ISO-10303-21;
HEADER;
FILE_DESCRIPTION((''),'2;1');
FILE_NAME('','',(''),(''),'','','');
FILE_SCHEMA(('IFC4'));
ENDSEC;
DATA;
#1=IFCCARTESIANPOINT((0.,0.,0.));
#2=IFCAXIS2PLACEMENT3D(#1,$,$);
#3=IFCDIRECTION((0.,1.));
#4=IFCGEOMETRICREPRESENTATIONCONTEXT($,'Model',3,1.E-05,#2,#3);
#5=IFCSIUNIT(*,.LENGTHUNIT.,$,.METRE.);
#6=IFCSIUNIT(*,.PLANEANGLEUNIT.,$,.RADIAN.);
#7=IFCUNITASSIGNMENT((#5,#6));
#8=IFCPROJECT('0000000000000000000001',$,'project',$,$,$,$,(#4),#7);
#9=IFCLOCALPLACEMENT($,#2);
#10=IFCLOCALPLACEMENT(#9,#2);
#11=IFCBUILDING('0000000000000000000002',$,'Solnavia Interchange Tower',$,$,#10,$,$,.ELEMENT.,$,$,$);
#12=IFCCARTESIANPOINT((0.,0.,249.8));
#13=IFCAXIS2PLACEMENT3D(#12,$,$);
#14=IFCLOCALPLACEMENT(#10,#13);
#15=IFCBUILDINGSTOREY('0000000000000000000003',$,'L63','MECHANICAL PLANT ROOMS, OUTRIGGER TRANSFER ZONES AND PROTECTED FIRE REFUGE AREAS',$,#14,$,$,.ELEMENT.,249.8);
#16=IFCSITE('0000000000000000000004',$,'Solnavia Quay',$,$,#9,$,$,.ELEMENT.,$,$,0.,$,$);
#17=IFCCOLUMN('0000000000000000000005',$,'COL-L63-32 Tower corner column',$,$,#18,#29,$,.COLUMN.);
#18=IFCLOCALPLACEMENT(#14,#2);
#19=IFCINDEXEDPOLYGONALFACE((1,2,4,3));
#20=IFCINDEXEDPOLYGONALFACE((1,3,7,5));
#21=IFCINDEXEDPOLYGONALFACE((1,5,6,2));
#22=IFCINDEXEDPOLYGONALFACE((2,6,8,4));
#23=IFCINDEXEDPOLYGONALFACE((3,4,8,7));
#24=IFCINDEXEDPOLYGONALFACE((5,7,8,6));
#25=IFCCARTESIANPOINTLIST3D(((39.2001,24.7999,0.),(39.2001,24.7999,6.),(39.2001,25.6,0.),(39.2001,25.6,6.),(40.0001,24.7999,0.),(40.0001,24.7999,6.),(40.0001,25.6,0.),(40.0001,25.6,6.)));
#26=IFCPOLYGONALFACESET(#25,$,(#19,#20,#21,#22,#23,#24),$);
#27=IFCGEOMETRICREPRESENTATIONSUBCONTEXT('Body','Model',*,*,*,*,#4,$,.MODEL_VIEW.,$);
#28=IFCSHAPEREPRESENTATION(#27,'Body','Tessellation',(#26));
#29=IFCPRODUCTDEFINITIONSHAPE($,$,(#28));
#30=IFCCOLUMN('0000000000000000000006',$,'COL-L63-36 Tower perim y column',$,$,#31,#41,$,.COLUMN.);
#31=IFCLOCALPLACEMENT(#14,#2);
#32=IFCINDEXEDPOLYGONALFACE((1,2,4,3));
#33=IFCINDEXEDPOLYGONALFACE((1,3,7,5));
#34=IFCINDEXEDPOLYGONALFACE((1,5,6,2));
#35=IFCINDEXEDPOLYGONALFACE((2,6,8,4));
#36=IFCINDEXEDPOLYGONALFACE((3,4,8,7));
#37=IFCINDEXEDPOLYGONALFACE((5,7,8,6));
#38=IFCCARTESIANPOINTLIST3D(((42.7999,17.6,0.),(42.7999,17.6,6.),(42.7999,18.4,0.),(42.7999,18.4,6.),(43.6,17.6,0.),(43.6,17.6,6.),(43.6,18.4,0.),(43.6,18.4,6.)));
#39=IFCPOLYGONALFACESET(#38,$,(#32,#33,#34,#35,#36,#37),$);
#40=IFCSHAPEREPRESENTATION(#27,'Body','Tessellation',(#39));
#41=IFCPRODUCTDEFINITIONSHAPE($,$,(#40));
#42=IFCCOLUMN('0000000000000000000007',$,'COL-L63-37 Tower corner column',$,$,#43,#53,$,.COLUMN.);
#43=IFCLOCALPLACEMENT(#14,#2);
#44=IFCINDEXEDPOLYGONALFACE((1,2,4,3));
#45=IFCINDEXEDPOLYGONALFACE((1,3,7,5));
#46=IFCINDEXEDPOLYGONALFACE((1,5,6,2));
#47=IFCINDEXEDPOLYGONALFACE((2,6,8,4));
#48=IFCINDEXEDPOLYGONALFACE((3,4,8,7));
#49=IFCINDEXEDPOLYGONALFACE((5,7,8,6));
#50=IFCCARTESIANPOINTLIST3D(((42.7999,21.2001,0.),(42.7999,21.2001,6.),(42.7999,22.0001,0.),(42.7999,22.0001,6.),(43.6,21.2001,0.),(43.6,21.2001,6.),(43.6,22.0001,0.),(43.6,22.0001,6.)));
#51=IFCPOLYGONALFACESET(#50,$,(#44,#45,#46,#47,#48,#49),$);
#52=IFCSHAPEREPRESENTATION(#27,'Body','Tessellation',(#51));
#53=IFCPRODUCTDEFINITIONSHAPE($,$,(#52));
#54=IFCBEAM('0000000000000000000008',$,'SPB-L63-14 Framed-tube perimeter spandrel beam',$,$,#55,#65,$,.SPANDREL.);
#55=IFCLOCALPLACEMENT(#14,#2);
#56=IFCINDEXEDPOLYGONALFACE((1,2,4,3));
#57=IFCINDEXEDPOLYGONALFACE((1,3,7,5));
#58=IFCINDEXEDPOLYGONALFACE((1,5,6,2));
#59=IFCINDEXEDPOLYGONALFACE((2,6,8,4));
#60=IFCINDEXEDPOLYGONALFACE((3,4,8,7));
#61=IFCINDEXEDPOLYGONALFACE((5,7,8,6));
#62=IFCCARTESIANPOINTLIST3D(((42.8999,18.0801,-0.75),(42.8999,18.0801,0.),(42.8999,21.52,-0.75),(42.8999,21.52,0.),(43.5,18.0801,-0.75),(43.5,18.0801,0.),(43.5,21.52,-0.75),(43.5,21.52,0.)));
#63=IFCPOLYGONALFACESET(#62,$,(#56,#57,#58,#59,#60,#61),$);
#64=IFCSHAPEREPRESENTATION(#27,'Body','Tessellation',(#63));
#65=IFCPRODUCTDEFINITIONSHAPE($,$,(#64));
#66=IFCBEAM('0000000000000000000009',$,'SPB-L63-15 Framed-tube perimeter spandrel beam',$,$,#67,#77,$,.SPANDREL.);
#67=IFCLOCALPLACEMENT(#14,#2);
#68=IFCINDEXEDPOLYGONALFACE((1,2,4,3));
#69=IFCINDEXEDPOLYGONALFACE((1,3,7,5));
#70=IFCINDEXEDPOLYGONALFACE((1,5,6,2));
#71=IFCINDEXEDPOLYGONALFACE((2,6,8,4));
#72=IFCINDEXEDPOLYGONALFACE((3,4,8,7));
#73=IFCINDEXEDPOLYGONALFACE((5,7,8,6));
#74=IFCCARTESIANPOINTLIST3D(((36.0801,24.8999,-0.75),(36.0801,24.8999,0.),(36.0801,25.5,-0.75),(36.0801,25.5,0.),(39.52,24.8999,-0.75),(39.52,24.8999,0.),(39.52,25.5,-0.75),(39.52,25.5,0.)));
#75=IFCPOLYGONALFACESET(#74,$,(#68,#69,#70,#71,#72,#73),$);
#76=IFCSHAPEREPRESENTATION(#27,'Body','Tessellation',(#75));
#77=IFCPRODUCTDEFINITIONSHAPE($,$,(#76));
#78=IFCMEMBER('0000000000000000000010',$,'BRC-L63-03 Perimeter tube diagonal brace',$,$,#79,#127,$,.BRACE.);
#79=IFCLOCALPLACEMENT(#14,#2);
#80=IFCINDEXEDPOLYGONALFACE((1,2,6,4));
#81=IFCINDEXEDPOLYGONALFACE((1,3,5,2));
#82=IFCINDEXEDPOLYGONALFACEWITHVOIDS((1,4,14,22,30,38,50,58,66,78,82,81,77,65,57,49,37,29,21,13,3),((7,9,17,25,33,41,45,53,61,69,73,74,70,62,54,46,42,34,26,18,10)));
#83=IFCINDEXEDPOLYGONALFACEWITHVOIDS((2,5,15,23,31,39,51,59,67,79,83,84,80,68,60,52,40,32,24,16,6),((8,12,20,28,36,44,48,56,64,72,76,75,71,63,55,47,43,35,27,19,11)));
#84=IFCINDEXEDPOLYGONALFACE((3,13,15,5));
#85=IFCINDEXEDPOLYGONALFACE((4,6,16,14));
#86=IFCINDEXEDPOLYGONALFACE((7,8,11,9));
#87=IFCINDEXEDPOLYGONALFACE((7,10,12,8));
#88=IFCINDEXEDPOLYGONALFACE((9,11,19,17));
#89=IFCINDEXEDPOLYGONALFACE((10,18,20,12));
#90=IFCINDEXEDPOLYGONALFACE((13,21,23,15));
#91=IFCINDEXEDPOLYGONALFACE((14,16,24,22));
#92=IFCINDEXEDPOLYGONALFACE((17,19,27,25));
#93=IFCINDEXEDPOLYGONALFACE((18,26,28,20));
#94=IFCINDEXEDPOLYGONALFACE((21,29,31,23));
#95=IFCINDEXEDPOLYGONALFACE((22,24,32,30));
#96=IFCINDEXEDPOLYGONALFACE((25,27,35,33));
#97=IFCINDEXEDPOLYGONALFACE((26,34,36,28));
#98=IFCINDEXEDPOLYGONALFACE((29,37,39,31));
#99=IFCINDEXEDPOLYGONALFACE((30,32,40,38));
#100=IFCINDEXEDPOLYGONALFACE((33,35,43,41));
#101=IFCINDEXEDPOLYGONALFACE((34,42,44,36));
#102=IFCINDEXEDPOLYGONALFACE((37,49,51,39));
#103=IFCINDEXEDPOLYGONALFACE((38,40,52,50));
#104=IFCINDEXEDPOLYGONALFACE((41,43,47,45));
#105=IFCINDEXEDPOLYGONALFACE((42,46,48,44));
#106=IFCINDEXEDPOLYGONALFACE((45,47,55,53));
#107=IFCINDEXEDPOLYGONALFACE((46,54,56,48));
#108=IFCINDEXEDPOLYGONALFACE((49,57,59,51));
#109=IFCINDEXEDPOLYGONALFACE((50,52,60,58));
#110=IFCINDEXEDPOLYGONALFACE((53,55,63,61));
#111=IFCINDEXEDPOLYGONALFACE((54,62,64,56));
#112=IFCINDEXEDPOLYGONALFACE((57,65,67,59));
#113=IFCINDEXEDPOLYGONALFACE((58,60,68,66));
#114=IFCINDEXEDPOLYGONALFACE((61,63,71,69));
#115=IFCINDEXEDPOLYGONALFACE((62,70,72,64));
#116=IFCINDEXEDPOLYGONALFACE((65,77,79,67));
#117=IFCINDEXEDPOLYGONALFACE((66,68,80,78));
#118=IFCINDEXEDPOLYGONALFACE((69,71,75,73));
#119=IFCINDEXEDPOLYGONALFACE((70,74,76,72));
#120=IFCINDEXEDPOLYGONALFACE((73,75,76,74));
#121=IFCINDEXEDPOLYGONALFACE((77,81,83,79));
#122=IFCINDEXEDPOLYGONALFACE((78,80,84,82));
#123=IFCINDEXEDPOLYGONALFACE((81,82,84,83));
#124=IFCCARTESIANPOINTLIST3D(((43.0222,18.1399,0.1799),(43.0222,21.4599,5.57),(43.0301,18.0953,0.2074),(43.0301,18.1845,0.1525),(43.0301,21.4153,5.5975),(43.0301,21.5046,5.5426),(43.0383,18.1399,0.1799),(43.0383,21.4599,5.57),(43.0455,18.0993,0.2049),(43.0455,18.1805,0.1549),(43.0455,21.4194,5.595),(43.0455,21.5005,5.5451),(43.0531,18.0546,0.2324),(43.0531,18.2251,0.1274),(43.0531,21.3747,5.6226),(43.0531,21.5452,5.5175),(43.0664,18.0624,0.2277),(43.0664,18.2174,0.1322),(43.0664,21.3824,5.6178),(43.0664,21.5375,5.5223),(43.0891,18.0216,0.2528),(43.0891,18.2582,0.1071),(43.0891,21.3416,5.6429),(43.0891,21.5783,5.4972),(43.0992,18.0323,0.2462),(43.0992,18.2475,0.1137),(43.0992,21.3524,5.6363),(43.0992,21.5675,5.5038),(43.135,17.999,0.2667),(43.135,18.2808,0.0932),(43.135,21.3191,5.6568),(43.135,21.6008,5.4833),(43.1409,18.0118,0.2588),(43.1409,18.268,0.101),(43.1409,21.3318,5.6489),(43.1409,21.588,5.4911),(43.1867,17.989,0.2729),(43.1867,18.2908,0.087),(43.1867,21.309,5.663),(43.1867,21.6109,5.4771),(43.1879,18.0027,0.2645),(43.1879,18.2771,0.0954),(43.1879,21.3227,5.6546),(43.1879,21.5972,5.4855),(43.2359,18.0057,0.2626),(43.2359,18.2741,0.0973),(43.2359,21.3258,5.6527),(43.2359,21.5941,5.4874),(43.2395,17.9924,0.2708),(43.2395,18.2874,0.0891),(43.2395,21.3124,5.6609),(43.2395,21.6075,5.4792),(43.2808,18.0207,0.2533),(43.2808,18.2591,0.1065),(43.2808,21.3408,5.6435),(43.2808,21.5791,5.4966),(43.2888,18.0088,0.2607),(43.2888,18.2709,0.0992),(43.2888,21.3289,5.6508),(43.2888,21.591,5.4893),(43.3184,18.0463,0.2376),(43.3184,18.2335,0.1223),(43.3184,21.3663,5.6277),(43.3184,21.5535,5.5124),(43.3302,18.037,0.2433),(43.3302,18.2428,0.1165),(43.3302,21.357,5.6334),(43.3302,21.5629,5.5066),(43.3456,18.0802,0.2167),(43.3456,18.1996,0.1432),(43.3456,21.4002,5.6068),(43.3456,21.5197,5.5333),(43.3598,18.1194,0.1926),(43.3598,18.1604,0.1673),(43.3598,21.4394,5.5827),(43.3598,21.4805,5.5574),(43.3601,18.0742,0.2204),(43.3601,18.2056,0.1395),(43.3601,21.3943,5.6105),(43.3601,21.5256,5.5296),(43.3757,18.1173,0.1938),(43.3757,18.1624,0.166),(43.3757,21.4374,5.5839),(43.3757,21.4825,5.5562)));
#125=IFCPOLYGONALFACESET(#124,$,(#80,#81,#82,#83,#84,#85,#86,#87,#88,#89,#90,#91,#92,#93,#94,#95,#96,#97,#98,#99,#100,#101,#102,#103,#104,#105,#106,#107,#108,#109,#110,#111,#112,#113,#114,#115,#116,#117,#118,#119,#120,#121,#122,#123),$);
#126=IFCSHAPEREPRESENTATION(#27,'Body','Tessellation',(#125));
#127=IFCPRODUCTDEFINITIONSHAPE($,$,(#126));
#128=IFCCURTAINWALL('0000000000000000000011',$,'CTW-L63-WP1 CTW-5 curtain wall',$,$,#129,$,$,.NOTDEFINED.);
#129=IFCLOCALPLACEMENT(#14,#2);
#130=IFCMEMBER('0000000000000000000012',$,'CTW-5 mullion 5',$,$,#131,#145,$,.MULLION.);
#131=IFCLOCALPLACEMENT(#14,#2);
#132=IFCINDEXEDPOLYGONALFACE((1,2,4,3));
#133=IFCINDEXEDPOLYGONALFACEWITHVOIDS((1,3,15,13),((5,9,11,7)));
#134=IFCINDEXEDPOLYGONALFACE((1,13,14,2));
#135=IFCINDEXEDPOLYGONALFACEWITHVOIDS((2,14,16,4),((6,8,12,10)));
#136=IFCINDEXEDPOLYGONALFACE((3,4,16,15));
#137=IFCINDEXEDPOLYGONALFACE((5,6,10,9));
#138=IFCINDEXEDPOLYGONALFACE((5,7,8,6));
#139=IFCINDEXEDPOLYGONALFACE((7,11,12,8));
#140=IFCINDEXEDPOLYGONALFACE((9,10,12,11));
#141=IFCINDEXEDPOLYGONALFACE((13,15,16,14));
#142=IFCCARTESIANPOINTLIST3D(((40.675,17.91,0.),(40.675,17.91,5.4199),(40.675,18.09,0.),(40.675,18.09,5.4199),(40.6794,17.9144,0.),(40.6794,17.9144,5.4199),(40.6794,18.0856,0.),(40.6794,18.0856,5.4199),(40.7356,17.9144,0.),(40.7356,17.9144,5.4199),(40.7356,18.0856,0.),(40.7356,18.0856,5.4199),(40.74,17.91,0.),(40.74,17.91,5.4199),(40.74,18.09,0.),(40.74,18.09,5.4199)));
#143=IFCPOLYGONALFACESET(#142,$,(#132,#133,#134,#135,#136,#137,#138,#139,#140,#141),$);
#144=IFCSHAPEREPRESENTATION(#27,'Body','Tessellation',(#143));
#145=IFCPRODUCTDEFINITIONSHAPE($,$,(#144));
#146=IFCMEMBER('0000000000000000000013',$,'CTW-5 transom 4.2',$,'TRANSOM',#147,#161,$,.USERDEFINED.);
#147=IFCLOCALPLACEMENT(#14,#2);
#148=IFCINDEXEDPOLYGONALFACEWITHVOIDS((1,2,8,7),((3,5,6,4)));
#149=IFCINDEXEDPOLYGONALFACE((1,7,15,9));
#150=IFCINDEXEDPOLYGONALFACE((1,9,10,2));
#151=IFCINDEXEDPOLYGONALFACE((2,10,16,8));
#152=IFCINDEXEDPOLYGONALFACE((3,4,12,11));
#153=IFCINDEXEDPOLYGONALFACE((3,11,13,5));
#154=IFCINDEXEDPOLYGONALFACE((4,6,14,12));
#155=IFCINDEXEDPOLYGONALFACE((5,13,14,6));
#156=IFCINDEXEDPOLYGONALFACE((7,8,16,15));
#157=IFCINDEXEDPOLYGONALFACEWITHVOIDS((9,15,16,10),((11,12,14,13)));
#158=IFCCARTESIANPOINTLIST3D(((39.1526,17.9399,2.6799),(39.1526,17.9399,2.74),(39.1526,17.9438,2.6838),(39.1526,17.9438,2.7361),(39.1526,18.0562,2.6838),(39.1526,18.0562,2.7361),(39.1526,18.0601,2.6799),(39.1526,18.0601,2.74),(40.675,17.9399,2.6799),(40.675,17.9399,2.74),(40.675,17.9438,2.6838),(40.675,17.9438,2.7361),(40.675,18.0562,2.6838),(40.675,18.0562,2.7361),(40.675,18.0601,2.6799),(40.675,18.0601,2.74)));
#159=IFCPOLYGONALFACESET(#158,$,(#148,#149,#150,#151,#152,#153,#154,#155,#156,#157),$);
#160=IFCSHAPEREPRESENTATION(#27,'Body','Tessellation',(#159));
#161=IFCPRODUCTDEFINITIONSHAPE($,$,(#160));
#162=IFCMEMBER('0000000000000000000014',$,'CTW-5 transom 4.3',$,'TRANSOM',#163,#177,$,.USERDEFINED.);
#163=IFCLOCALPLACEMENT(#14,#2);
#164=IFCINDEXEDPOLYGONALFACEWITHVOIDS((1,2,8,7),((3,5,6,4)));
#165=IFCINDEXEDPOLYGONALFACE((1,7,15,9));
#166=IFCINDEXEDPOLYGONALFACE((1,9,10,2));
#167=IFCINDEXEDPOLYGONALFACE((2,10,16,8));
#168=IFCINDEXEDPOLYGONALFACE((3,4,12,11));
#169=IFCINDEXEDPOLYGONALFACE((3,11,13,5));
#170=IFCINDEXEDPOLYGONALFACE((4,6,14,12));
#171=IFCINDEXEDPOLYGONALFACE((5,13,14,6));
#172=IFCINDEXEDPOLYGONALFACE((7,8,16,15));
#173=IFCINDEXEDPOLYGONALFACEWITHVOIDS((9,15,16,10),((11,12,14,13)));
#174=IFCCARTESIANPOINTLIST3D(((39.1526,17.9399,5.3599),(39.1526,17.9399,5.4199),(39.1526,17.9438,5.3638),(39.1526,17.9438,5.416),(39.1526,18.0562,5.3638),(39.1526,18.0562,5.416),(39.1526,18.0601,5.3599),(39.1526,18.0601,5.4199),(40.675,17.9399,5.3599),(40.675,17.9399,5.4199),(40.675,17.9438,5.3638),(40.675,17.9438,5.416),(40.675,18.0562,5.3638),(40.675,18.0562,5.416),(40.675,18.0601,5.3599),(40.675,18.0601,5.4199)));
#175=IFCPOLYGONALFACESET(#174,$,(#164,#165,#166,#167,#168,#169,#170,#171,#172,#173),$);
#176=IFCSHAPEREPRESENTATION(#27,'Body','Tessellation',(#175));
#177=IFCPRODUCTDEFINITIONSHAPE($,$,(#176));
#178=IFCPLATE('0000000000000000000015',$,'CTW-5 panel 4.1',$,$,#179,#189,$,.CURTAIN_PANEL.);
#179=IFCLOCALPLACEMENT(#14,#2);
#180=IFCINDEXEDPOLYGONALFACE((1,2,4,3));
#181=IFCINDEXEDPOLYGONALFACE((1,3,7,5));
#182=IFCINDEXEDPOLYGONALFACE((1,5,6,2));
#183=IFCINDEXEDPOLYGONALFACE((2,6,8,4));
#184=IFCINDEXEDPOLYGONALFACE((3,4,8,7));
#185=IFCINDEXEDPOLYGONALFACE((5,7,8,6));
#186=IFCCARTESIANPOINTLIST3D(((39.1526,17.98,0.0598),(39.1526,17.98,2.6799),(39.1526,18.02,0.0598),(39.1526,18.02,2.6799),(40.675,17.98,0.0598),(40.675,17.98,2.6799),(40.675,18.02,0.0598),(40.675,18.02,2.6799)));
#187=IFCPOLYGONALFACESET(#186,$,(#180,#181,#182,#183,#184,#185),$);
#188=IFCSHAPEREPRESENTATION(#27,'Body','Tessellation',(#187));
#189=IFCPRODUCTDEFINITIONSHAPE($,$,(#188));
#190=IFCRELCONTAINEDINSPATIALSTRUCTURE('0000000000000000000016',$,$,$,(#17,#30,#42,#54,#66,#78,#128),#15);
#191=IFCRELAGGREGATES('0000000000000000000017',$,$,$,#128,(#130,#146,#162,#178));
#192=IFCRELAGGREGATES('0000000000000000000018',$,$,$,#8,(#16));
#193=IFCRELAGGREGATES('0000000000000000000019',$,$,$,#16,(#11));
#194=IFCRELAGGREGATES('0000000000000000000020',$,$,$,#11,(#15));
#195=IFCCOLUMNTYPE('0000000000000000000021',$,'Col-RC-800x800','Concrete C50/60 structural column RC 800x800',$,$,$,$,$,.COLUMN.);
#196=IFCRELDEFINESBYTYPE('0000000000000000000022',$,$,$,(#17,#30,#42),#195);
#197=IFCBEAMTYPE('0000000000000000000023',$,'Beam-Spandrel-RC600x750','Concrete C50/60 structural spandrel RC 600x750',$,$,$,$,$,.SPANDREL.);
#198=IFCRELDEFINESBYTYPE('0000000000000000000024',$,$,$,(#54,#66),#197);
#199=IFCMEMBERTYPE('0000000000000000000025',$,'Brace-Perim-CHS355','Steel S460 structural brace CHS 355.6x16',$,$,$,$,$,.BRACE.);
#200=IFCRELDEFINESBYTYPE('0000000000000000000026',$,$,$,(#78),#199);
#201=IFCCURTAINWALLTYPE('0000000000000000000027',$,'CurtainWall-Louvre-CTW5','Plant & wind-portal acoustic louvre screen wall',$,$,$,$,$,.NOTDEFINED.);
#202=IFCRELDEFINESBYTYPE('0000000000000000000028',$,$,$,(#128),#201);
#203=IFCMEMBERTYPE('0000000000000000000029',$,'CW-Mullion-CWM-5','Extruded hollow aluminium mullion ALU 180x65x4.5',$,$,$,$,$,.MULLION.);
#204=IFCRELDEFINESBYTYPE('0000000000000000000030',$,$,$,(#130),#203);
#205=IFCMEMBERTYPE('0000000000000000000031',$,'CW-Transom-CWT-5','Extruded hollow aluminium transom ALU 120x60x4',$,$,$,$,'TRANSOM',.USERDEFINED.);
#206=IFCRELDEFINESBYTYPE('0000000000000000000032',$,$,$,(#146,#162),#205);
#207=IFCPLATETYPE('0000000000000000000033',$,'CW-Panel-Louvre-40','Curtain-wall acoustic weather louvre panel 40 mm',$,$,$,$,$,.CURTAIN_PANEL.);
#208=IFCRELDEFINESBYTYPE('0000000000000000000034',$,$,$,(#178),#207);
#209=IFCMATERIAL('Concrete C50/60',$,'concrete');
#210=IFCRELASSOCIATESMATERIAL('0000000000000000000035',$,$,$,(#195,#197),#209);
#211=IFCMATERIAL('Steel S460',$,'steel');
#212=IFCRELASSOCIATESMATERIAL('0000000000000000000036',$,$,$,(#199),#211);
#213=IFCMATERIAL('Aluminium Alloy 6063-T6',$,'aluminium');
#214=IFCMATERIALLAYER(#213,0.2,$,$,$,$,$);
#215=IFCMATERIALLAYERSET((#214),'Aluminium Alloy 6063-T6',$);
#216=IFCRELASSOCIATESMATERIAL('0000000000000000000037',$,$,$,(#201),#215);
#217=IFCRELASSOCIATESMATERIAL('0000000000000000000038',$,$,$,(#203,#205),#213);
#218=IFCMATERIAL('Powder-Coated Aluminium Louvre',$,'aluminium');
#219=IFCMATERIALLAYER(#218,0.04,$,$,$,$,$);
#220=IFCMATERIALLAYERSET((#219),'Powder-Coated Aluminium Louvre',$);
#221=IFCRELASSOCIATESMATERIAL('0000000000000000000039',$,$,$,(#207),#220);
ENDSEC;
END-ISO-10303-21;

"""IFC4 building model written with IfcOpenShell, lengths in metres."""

from ifc_helpers import new_model, si_unit, direction, frame, origin, origin_2d, place, context, subcontext, project, spatial, rectangle, hollow_rectangle, hollow_circle, extrude, material, layer, layer_set, material_profile, profile_set, type_object, element, aggregate, save


model = new_model("IFC4")

# Units and contexts
model_context = context("Model", 3, precision=1e-05, world=origin(), true_north=direction((0.0, 1.0)))
body_context = subcontext(model_context, "Body", "Model", "MODEL_VIEW")
ifc_project = project(units=[si_unit("LENGTHUNIT", "METRE"), si_unit("PLANEANGLEUNIT", "RADIAN")], contexts=[model_context])

# Site, building, storey
site_placement = place(None, origin())
site = spatial("IfcSite", under=ifc_project, at=site_placement, Name="Solnavia Quay", CompositionType="ELEMENT", RefElevation=0.0)
building_placement = place(site_placement, origin())
building = spatial("IfcBuilding", under=site, at=building_placement, Name="Solnavia Interchange Tower", CompositionType="ELEMENT")
storey_placement = place(building_placement, frame((0.0, 0.0, 249.8)))
storey = spatial("IfcBuildingStorey", under=building, at=storey_placement, Name="L63", Description="MECHANICAL PLANT ROOMS, OUTRIGGER TRANSFER ZONES AND PROTECTED FIRE REFUGE AREAS", CompositionType="ELEMENT", Elevation=249.8)

# Columns
ifc_material_1 = material(Name="Concrete C50/60", Category="concrete")
ifc_material_profile_1 = material_profile(ifc_material_1, rectangle(XDim=0.8, YDim=0.8, at=origin_2d()), Name="RC 800x800")
ifc_profile_set_1 = profile_set([ifc_material_profile_1], Name="Concrete C50/60")
column_type = type_object("IfcColumnType", Name="Col-RC-800x800", Description="Concrete C50/60 structural column RC 800x800", PredefinedType="COLUMN", material=ifc_profile_set_1)
for number, where, z_axis, x_axis, name in (
    (1, (39.6001, 25.2, 0.0), (0.0, 0.0, 1.0), (1.0, 0.0, 0.0), "COL-L63-32 Tower corner column"),
    (2, (43.2, 18.0, 0.0), (0.0, 0.0, 1.0), (0.0, 1.0, 0.0), "COL-L63-36 Tower perim y column"),
    (3, (43.2, 21.6001, 0.0), (0.0, 0.0, 1.0), (0.0, 1.0, 0.0), "COL-L63-37 Tower corner column"),
):
    element("IfcColumn", number, at=place(storey_placement, frame(where, z_axis=z_axis, x_axis=x_axis)), inside=storey, type_object=column_type, Name=name, PredefinedType="COLUMN", context=body_context, shape_type="SweptSolid", body=[
        extrude(rectangle(XDim=0.8, YDim=0.8, at=origin_2d()), origin(), (0.0, 0.0, 1.0), 6.0),
    ])

# Beams
ifc_material_profile_2 = material_profile(ifc_material_1, rectangle(XDim=0.6001, YDim=0.75, at=origin_2d()), Name="RC 600x750")
ifc_profile_set_2 = profile_set([ifc_material_profile_2], Name="Concrete C50/60")
beam_type = type_object("IfcBeamType", Name="Beam-Spandrel-RC600x750", Description="Concrete C50/60 structural spandrel RC 600x750", PredefinedType="SPANDREL", material=ifc_profile_set_2)
for number, where, z_axis, x_axis, name in (
    (4, (43.2, 18.0801, -0.375), (0.0, 1.0, 0.0), (-1.0, 0.0, 0.0), "SPB-L63-14 Framed-tube perimeter spandrel beam"),
    (5, (39.52, 25.2, -0.375), (-1.0, 0.0, 0.0), (0.0, -1.0, 0.0), "SPB-L63-15 Framed-tube perimeter spandrel beam"),
):
    element("IfcBeam", number, at=place(storey_placement, frame(where, z_axis=z_axis, x_axis=x_axis)), inside=storey, type_object=beam_type, Name=name, PredefinedType="SPANDREL", context=body_context, shape_type="SweptSolid", body=[
        extrude(rectangle(XDim=0.6001, YDim=0.75, at=origin_2d()), origin(), (0.0, 0.0, 1.0), 3.4399),
    ])

# Member
ifc_material_2 = material(Name="Steel S460", Category="steel")
ifc_material_profile_3 = material_profile(ifc_material_2, hollow_circle(Radius=0.1777, WallThickness=0.0161, at=origin_2d()), Name="CHS 355.6x16")
ifc_profile_set_3 = profile_set([ifc_material_profile_3], Name="Steel S460")
member_type_1 = type_object("IfcMemberType", Name="Brace-Perim-CHS355", Description="Steel S460 structural brace CHS 355.6x16", PredefinedType="BRACE", material=ifc_profile_set_3)
member_1_placement = place(storey_placement, frame((43.2, 18.1399, 0.1799), z_axis=(0.0, 0.524448, 0.851442), x_axis=(-1.0, 0.0, 0.0)))
element("IfcMember", 6, at=member_1_placement, inside=storey, type_object=member_type_1, Name="BRC-L63-03 Perimeter tube diagonal brace", PredefinedType="BRACE", context=body_context, shape_type="SweptSolid", body=[
    extrude(hollow_circle(Radius=0.1777, WallThickness=0.0161, at=origin_2d()), origin(), (0.0, 0.0, 1.0), 6.3306),
])

# Curtain wall, members, plate
ifc_material_3 = material(Name="Aluminium Alloy 6063-T6", Category="aluminium")
ifc_layer_1 = layer(ifc_material_3, 0.2)
ifc_layer_set_1 = layer_set([ifc_layer_1], Name="Aluminium Alloy 6063-T6")
curtain_wall_type = type_object("IfcCurtainWallType", Name="CurtainWall-Louvre-CTW5", Description="Plant & wind-portal acoustic louvre screen wall", PredefinedType="NOTDEFINED", material=ifc_layer_set_1)
curtain_wall_placement = place(storey_placement, origin())
curtain_wall = element("IfcCurtainWall", 7, at=curtain_wall_placement, inside=storey, type_object=curtain_wall_type, Name="CTW-L63-WP1 CTW-5 curtain wall", PredefinedType="NOTDEFINED")
ifc_material_profile_4 = material_profile(ifc_material_3, hollow_rectangle(XDim=0.0649, YDim=0.1799, WallThickness=0.0044, at=origin_2d()), Name="ALU 180x65x4.5")
ifc_profile_set_4 = profile_set([ifc_material_profile_4], Name="Aluminium Alloy 6063-T6")
member_type_2 = type_object("IfcMemberType", Name="CW-Mullion-CWM-5", Description="Extruded hollow aluminium mullion ALU 180x65x4.5", PredefinedType="MULLION", material=ifc_profile_set_4)
member_2_placement = place(storey_placement, frame((40.7075, 18.0, 0.0), z_axis=(0.0, 0.0, 1.0), x_axis=(1.0, 0.0, 0.0)))
member_2 = element("IfcMember", 8, at=member_2_placement, type_object=member_type_2, Name="CTW-5 mullion 5", PredefinedType="MULLION", context=body_context, shape_type="SweptSolid", body=[
    extrude(hollow_rectangle(XDim=0.0649, YDim=0.1799, WallThickness=0.0044, at=origin_2d()), origin(), (0.0, 0.0, 1.0), 5.4199),
])
ifc_material_profile_5 = material_profile(ifc_material_3, hollow_rectangle(XDim=0.0601, YDim=0.1201, WallThickness=0.0039, at=origin_2d()), Name="ALU 120x60x4")
ifc_profile_set_5 = profile_set([ifc_material_profile_5], Name="Aluminium Alloy 6063-T6")
member_type_3 = type_object("IfcMemberType", Name="CW-Transom-CWT-5", Description="Extruded hollow aluminium transom ALU 120x60x4", ElementType="TRANSOM", PredefinedType="USERDEFINED", material=ifc_profile_set_5)
member_3_placement = place(storey_placement, frame((39.1526, 18.0, 2.71), z_axis=(1.0, 0.0, 0.0), x_axis=(0.0, 0.0, 1.0)))
member_3 = element("IfcMember", 9, at=member_3_placement, type_object=member_type_3, Name="CTW-5 transom 4.2", ObjectType="TRANSOM", PredefinedType="USERDEFINED", context=body_context, shape_type="SweptSolid", body=[
    extrude(hollow_rectangle(XDim=0.0601, YDim=0.1201, WallThickness=0.0039, at=origin_2d()), origin(), (0.0, 0.0, 1.0), 1.5225),
])
member_4_placement = place(storey_placement, frame((39.1526, 18.0, 5.3899), z_axis=(1.0, 0.0, 0.0), x_axis=(0.0, 0.0, 1.0)))
member_4 = element("IfcMember", 10, at=member_4_placement, type_object=member_type_3, Name="CTW-5 transom 4.3", ObjectType="TRANSOM", PredefinedType="USERDEFINED", context=body_context, shape_type="SweptSolid", body=[
    extrude(hollow_rectangle(XDim=0.0601, YDim=0.1201, WallThickness=0.0039, at=origin_2d()), origin(), (0.0, 0.0, 1.0), 1.5225),
])
ifc_material_4 = material(Name="Powder-Coated Aluminium Louvre", Category="aluminium")
ifc_layer_2 = layer(ifc_material_4, 0.04)
ifc_layer_set_2 = layer_set([ifc_layer_2], Name="Powder-Coated Aluminium Louvre")
plate_type_1 = type_object("IfcPlateType", Name="CW-Panel-Louvre-40", Description="Curtain-wall acoustic weather louvre panel 40 mm", PredefinedType="CURTAIN_PANEL", material=ifc_layer_set_2)
plate_1_placement = place(storey_placement, frame((39.9138, 18.0, 0.0598), z_axis=(0.0, 0.0, 1.0), x_axis=(1.0, 0.0, 0.0)))
plate_1 = element("IfcPlate", 11, at=plate_1_placement, type_object=plate_type_1, Name="CTW-5 panel 4.1", PredefinedType="CURTAIN_PANEL", context=body_context, shape_type="SweptSolid", body=[
    extrude(rectangle(XDim=1.5225, YDim=0.04, at=origin_2d()), origin(), (0.0, 0.0, 1.0), 2.6201),
])
aggregate(curtain_wall, [member_2, member_3, member_4, plate_1])

save(model, "model.ifc")
